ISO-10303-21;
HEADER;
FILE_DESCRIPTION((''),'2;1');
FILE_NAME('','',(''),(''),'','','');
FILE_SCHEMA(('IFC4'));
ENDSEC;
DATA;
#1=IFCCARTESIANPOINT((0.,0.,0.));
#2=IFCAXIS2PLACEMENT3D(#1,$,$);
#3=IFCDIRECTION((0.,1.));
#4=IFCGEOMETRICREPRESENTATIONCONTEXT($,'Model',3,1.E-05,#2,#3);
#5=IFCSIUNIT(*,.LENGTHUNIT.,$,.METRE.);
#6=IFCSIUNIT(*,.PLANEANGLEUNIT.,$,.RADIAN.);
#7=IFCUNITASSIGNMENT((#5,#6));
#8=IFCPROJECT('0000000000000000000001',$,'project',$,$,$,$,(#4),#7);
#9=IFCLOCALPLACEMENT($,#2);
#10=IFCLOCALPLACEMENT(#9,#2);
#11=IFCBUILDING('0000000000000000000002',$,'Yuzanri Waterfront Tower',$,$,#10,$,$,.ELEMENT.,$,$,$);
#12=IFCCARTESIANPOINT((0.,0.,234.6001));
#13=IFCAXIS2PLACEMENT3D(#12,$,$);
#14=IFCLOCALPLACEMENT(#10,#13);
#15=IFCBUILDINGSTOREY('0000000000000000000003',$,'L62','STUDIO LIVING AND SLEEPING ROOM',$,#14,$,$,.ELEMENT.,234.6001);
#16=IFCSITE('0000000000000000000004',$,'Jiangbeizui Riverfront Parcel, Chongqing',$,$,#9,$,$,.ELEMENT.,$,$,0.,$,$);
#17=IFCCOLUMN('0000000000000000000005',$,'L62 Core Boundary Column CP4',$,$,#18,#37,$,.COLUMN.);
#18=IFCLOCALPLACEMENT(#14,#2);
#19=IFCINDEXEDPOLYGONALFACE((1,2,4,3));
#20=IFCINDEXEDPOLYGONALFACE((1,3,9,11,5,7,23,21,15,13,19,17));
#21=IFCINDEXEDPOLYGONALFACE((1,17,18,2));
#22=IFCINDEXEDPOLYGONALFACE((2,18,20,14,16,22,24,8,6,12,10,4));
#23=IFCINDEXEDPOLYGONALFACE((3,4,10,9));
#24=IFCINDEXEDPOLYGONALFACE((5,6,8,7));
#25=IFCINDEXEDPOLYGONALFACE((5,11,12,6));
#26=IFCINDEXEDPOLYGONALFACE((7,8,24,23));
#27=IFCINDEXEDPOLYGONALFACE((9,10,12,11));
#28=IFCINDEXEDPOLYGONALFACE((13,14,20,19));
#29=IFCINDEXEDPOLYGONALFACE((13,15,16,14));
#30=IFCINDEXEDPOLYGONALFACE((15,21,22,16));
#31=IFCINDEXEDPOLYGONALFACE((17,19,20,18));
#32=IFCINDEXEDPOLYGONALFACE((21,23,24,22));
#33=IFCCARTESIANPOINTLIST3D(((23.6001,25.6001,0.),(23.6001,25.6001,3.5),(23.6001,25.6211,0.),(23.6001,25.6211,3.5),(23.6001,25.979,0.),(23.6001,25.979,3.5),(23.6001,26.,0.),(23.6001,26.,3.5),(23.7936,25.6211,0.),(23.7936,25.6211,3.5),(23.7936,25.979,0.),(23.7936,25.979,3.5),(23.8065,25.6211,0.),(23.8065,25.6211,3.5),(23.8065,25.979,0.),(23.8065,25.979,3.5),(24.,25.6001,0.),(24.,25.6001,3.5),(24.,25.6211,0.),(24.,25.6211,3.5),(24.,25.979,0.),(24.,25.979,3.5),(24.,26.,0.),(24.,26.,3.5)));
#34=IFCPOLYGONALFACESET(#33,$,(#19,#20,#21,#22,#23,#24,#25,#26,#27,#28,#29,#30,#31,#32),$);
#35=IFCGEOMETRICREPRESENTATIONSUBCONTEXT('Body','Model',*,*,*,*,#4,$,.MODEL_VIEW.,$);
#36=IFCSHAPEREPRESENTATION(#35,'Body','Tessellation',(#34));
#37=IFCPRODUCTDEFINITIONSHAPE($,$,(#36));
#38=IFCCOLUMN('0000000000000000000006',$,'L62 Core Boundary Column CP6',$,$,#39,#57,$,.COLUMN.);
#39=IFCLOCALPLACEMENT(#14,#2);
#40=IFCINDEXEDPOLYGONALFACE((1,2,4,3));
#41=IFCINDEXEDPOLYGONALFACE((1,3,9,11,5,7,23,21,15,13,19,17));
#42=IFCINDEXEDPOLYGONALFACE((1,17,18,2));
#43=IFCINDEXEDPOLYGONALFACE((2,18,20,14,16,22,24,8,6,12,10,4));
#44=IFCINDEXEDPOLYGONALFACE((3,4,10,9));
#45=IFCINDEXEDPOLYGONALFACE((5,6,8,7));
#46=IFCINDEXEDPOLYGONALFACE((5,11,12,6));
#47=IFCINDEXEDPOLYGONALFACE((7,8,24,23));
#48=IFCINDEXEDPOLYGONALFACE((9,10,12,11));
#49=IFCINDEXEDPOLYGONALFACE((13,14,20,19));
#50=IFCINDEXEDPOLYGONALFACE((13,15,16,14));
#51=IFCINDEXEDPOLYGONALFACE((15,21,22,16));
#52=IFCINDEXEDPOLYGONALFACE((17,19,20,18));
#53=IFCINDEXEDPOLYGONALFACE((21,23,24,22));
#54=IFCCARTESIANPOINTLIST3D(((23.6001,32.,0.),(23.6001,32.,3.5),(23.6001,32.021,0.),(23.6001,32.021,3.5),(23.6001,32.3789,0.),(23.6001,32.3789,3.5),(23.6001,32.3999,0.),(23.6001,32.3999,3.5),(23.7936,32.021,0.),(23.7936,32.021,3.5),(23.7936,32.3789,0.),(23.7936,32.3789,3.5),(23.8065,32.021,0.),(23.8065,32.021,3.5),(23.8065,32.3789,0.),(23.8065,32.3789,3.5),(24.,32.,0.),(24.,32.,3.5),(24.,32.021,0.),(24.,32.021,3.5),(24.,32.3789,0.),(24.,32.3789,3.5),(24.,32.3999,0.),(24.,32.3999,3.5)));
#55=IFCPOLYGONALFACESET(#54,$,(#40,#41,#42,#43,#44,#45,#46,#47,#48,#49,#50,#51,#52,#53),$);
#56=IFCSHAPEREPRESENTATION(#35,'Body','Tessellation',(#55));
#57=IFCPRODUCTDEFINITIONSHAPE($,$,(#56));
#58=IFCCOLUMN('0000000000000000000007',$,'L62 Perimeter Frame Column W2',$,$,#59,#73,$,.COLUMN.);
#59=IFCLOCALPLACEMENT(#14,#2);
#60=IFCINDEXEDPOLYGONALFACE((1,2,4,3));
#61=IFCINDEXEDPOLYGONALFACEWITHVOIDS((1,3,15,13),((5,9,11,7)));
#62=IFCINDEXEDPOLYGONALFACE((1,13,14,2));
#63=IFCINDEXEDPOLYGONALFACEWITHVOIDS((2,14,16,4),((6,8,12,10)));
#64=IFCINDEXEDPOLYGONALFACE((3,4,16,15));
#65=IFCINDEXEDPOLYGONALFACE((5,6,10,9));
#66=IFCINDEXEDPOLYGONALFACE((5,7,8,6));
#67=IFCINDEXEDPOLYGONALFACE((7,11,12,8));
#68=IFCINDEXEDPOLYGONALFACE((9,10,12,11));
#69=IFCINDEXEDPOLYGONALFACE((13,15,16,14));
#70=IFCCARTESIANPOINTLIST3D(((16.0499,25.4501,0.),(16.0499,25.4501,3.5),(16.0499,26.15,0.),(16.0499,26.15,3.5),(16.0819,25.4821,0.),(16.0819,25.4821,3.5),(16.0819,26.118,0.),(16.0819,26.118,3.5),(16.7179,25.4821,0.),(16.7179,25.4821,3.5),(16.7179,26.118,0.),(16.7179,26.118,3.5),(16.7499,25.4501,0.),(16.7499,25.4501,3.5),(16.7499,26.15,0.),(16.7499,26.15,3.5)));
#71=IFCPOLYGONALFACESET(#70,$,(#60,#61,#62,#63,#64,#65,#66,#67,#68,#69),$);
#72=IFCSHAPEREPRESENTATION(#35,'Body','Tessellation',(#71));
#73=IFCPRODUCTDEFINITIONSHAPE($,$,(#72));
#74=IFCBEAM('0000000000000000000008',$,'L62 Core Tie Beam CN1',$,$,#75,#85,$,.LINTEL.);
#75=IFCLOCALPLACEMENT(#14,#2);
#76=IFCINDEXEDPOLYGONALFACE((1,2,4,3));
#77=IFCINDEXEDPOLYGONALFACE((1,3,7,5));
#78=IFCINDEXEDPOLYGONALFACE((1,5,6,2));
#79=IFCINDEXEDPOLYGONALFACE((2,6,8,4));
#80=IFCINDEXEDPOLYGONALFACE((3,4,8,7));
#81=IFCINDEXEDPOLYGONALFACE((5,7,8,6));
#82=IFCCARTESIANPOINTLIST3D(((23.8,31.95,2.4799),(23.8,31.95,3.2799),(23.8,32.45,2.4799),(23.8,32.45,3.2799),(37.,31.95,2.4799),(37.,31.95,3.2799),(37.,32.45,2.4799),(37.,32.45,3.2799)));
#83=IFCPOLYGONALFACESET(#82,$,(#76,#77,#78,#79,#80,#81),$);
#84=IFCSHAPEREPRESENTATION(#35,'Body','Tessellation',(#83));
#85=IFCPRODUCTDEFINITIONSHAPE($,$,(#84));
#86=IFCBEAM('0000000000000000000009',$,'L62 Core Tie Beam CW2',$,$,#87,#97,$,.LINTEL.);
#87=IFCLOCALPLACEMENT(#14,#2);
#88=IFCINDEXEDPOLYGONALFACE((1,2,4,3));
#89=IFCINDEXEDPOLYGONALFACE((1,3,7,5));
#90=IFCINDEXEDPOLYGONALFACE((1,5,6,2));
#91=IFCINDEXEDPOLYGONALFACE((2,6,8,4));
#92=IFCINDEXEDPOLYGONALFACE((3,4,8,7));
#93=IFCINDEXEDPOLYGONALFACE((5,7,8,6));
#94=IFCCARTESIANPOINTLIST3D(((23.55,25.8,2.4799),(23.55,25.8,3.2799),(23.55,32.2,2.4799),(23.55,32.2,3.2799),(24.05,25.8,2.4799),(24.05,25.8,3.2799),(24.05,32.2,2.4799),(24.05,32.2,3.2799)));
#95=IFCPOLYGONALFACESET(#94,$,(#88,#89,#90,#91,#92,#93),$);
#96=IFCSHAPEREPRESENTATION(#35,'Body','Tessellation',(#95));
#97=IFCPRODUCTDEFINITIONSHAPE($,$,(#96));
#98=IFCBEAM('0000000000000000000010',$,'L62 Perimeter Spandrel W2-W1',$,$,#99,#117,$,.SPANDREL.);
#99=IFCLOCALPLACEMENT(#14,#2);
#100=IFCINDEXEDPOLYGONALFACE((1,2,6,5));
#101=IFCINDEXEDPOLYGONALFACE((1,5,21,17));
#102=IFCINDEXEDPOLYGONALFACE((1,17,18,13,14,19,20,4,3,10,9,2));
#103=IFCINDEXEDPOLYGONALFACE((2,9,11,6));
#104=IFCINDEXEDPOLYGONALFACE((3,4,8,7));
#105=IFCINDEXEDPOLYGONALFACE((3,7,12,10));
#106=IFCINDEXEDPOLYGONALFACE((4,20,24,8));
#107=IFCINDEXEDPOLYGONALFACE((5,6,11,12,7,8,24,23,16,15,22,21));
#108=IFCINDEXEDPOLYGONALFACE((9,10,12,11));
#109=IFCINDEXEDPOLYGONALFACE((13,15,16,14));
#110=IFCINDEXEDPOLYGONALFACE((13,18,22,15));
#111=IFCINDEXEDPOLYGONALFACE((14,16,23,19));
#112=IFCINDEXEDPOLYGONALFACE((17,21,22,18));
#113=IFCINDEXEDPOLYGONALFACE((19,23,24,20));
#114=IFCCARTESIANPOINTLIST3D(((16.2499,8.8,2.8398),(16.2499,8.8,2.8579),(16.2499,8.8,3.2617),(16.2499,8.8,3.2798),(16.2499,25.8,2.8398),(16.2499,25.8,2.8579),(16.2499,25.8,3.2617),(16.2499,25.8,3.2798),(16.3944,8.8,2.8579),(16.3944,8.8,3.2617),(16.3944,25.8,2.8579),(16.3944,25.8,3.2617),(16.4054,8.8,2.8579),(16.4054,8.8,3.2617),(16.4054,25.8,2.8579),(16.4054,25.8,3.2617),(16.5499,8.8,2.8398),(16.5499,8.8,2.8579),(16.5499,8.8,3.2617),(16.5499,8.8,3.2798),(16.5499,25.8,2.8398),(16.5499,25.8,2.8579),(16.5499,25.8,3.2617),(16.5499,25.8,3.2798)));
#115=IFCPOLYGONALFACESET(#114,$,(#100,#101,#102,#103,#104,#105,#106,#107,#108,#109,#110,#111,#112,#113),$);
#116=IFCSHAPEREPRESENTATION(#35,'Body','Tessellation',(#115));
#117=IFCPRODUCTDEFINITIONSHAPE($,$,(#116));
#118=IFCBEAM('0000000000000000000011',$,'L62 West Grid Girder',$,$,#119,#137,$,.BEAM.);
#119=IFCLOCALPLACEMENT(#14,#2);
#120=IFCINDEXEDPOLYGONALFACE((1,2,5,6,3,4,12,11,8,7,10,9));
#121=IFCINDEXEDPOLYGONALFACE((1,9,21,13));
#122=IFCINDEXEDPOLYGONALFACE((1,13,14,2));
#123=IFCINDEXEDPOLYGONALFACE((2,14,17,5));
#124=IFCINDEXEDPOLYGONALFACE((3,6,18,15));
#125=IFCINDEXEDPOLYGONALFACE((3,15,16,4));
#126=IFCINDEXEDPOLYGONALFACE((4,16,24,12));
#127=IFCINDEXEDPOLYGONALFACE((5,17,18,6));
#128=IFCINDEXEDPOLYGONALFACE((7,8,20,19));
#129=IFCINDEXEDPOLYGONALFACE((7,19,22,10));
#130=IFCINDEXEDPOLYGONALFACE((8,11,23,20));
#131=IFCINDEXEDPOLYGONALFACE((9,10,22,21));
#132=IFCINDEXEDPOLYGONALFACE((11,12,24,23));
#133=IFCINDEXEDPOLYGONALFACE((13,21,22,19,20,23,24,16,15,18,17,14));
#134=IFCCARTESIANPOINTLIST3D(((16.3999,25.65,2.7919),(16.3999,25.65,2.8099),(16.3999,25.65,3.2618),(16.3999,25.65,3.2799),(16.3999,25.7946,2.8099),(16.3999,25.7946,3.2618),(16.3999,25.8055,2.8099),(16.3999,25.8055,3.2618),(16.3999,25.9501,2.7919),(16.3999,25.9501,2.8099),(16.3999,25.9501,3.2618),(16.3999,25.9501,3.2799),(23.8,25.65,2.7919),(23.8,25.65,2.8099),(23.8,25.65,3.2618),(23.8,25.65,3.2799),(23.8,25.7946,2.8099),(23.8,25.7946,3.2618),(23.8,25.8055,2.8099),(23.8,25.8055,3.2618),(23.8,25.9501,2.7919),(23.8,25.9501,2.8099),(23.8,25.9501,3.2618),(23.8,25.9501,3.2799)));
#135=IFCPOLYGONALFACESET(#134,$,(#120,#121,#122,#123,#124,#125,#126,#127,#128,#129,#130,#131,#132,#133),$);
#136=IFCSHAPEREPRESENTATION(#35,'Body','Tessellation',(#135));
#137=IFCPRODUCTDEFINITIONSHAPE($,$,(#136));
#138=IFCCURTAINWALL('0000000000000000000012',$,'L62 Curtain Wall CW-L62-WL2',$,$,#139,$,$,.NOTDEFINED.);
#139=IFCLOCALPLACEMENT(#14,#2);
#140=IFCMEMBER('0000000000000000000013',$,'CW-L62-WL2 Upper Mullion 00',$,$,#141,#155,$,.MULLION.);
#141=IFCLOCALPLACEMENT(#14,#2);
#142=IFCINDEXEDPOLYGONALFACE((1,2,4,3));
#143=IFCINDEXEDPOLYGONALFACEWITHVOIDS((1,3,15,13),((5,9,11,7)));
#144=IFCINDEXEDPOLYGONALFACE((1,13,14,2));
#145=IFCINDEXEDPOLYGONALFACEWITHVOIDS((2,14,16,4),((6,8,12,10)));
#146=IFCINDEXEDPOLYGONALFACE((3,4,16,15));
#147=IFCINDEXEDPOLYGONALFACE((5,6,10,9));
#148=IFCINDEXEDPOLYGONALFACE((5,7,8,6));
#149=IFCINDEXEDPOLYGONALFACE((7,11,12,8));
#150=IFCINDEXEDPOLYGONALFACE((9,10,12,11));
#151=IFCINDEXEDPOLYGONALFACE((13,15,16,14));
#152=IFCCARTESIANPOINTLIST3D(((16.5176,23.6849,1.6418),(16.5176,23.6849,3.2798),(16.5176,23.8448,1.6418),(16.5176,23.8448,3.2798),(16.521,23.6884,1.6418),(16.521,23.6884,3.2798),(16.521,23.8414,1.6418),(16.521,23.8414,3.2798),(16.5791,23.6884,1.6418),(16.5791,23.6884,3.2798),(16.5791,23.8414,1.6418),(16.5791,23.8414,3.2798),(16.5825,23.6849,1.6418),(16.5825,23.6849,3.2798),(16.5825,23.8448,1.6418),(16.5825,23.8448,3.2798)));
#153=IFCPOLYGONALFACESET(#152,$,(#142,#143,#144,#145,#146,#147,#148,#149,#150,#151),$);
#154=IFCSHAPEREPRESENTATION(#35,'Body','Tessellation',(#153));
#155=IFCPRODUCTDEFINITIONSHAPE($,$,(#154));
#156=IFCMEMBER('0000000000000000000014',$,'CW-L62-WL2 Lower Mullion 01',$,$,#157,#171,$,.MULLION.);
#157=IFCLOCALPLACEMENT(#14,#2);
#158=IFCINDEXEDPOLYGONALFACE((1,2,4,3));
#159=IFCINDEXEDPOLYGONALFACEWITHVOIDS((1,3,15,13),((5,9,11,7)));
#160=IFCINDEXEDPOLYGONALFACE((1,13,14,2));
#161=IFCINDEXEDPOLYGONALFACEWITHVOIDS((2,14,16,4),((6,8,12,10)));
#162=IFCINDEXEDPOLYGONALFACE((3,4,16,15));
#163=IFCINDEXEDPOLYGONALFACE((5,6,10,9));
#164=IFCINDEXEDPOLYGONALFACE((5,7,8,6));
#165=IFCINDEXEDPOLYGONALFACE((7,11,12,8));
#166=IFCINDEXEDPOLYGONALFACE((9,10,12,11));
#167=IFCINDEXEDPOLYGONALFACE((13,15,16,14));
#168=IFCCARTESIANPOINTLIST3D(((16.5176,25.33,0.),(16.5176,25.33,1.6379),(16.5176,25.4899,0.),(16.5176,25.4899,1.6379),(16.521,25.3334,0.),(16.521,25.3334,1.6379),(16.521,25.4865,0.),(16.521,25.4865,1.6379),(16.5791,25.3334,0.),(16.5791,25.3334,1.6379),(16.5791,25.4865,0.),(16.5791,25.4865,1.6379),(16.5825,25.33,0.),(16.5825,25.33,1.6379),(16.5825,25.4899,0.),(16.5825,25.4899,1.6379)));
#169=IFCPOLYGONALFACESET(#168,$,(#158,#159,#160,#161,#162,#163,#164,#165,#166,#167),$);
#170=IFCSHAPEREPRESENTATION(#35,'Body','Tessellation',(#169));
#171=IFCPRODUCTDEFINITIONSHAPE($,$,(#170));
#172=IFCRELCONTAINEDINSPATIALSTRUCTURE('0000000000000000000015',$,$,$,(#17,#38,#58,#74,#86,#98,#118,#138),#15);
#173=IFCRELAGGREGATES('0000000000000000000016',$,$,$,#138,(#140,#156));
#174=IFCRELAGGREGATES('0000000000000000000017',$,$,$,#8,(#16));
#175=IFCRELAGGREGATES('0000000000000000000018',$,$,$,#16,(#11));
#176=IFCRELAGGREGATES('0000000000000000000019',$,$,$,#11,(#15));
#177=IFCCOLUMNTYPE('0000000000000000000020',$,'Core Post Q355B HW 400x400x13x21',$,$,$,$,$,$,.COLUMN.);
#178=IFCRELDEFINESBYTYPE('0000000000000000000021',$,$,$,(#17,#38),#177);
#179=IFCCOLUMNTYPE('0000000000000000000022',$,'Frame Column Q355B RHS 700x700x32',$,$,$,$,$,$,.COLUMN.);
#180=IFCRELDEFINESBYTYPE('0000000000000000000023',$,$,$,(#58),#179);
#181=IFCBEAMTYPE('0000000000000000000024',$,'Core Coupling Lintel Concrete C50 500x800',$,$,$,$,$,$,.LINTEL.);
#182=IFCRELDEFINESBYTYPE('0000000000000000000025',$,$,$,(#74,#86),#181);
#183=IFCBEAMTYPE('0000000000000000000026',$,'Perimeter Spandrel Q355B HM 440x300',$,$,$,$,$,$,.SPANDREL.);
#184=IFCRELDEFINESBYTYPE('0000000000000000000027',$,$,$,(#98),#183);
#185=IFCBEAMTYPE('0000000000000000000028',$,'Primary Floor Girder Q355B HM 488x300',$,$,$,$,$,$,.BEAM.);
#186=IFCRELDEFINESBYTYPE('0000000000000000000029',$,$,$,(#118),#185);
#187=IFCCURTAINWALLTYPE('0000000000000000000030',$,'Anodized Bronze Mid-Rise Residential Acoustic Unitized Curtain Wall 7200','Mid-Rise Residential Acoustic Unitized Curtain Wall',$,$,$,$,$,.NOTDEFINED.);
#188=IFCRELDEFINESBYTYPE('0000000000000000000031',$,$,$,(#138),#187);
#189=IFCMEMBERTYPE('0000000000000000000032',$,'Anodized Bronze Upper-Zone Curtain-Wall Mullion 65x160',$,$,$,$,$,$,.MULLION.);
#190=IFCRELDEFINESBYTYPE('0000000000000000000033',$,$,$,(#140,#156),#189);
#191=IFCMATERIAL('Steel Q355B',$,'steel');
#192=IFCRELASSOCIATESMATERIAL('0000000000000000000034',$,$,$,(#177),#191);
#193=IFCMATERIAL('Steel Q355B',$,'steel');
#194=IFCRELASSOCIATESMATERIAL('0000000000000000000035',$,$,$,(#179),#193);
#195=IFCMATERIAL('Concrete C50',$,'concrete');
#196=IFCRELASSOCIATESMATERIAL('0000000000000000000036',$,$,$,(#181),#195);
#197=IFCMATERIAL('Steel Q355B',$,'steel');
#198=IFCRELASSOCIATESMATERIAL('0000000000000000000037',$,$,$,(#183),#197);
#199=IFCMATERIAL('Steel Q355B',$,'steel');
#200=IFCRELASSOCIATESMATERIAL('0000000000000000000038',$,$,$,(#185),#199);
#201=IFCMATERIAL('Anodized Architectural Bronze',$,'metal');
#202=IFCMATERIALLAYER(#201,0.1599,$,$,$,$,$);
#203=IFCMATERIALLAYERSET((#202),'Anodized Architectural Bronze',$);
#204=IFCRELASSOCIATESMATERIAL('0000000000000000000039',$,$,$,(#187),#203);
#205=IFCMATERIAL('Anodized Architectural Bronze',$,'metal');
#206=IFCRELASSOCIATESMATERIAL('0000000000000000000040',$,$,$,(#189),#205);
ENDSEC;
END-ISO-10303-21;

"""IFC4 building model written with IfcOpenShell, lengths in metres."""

from ifc_helpers import new_model, si_unit, direction, frame, origin, origin_2d, place, context, subcontext, project, spatial, rectangle, hollow_rectangle, i_section, extrude, source, transform, mapped, material, layer, layer_set, material_profile, profile_set, type_object, element, aggregate, save


model = new_model("IFC4")

# Units and contexts
model_context = context("Model", 3, precision=1e-05, world=origin(), true_north=direction((0.0, 1.0)))
body_context = subcontext(model_context, "Body", "Model", "MODEL_VIEW")
ifc_project = project(units=[si_unit("LENGTHUNIT", "METRE"), si_unit("PLANEANGLEUNIT", "RADIAN")], contexts=[model_context])

# Site, building, storey
site_placement = place(None, origin())
site = spatial("IfcSite", under=ifc_project, at=site_placement, Name="Jiangbeizui Riverfront Parcel, Chongqing", CompositionType="ELEMENT", RefElevation=0.0)
building_placement = place(site_placement, origin())
building = spatial("IfcBuilding", under=site, at=building_placement, Name="Yuzanri Waterfront Tower", CompositionType="ELEMENT")
storey_placement = place(building_placement, frame((0.0, 0.0, 234.6001)))
storey = spatial("IfcBuildingStorey", under=building, at=storey_placement, Name="L62", Description="STUDIO LIVING AND SLEEPING ROOM", CompositionType="ELEMENT", Elevation=234.6001)

# Columns
ifc_material_1 = material(Name="Steel Q355B", Category="steel")
ifc_material_profile_1 = material_profile(ifc_material_1, i_section(OverallWidth=0.3999, OverallDepth=0.3999, WebThickness=0.0129, FlangeThickness=0.021, at=origin_2d()), Name="HW 400x400x13x21")
ifc_profile_set_1 = profile_set([ifc_material_profile_1], Name="Steel Q355B")
column_type_1 = type_object("IfcColumnType", Name="Core Post Q355B HW 400x400x13x21", PredefinedType="COLUMN", material=ifc_profile_set_1)
shared_shape_1 = source(origin(), body_context, "Body", "SweptSolid", [
    extrude(i_section(OverallWidth=0.3999, OverallDepth=0.3999, WebThickness=0.0129, FlangeThickness=0.021, at=origin_2d()), origin(), (0.0, 0.0, 1.0), 3.5),
])
for number, where, z_axis, x_axis, name in (
    (1, (23.8, 25.8, 0.0), (0.0, 0.0, 1.0), (1.0, 0.0, 0.0), "L62 Core Boundary Column CP4"),
    (2, (23.8, 32.2, 0.0), (0.0, 0.0, 1.0), (1.0, 0.0, 0.0), "L62 Core Boundary Column CP6"),
):
    element("IfcColumn", number, at=place(storey_placement, frame(where, z_axis=z_axis, x_axis=x_axis)), inside=storey, type_object=column_type_1, Name=name, PredefinedType="COLUMN", context=body_context, shape_type="MappedRepresentation", body=[
        mapped(shared_shape_1, transform((0.0, 0.0, 0.0), scale=1.0)),
    ])
ifc_material_2 = material(Name="Steel Q355B", Category="steel")
ifc_material_profile_2 = material_profile(ifc_material_2, hollow_rectangle(XDim=0.7, YDim=0.7, WallThickness=0.032, at=origin_2d()), Name="RHS 700x700x32")
ifc_profile_set_2 = profile_set([ifc_material_profile_2], Name="Steel Q355B")
column_type_2 = type_object("IfcColumnType", Name="Frame Column Q355B RHS 700x700x32", PredefinedType="COLUMN", material=ifc_profile_set_2)
shared_shape_2 = source(origin(), body_context, "Body", "SweptSolid", [
    extrude(hollow_rectangle(XDim=0.7, YDim=0.7, WallThickness=0.032, at=origin_2d()), origin(), (0.0, 0.0, 1.0), 3.5),
])
column_placement = place(storey_placement, frame((16.3999, 25.8, 0.0), z_axis=(0.0, 0.0, 1.0), x_axis=(1.0, 0.0, 0.0)))
element("IfcColumn", 3, at=column_placement, inside=storey, type_object=column_type_2, Name="L62 Perimeter Frame Column W2", PredefinedType="COLUMN", context=body_context, shape_type="MappedRepresentation", body=[
    mapped(shared_shape_2, transform((0.0, 0.0, 0.0), scale=1.0)),
])

# Beams
ifc_material_3 = material(Name="Concrete C50", Category="concrete")
ifc_material_profile_3 = material_profile(ifc_material_3, rectangle(XDim=0.5, YDim=0.8, at=origin_2d()), Name="RC 500x800")
ifc_profile_set_3 = profile_set([ifc_material_profile_3], Name="Concrete C50")
beam_type_1 = type_object("IfcBeamType", Name="Core Coupling Lintel Concrete C50 500x800", PredefinedType="LINTEL", material=ifc_profile_set_3)
shared_shape_3 = source(origin(), body_context, "Body", "SweptSolid", [
    extrude(rectangle(XDim=0.5, YDim=0.8, at=origin_2d()), origin(), (0.0, 0.0, 1.0), 13.2),
])
beam_1_placement = place(storey_placement, frame((23.8, 32.2, 2.8799), z_axis=(1.0, 0.0, 0.0), x_axis=(0.0, 1.0, 0.0)))
element("IfcBeam", 4, at=beam_1_placement, inside=storey, type_object=beam_type_1, Name="L62 Core Tie Beam CN1", PredefinedType="LINTEL", context=body_context, shape_type="MappedRepresentation", body=[
    mapped(shared_shape_3, transform((0.0, 0.0, 0.0), scale=1.0)),
])
shared_shape_4 = source(origin(), body_context, "Body", "SweptSolid", [
    extrude(rectangle(XDim=0.5, YDim=0.8, at=origin_2d()), origin(), (0.0, 0.0, 1.0), 6.3999),
])
beam_2_placement = place(storey_placement, frame((23.8, 25.8, 2.8799), z_axis=(0.0, 1.0, 0.0), x_axis=(-1.0, 0.0, 0.0)))
element("IfcBeam", 5, at=beam_2_placement, inside=storey, type_object=beam_type_1, Name="L62 Core Tie Beam CW2", PredefinedType="LINTEL", context=body_context, shape_type="MappedRepresentation", body=[
    mapped(shared_shape_4, transform((0.0, 0.0, 0.0), scale=1.0)),
])
ifc_material_4 = material(Name="Steel Q355B", Category="steel")
ifc_material_profile_4 = material_profile(ifc_material_4, i_section(OverallWidth=0.3, OverallDepth=0.4399, WebThickness=0.011, FlangeThickness=0.0181, at=origin_2d()), Name="HM 440x300x11x18")
ifc_profile_set_4 = profile_set([ifc_material_profile_4], Name="Steel Q355B")
beam_type_2 = type_object("IfcBeamType", Name="Perimeter Spandrel Q355B HM 440x300", PredefinedType="SPANDREL", material=ifc_profile_set_4)
shared_shape_5 = source(origin(), body_context, "Body", "SweptSolid", [
    extrude(i_section(OverallWidth=0.3, OverallDepth=0.4399, WebThickness=0.011, FlangeThickness=0.0181, at=origin_2d()), origin(), (0.0, 0.0, 1.0), 17.0),
])
beam_3_placement = place(storey_placement, frame((16.3999, 25.8, 3.0598), z_axis=(0.0, -1.0, 0.0), x_axis=(1.0, 0.0, 0.0)))
element("IfcBeam", 6, at=beam_3_placement, inside=storey, type_object=beam_type_2, Name="L62 Perimeter Spandrel W2-W1", PredefinedType="SPANDREL", context=body_context, shape_type="MappedRepresentation", body=[
    mapped(shared_shape_5, transform((0.0, 0.0, 0.0), scale=1.0)),
])
ifc_material_5 = material(Name="Steel Q355B", Category="steel")
ifc_material_profile_5 = material_profile(ifc_material_5, i_section(OverallWidth=0.3, OverallDepth=0.488, WebThickness=0.011, FlangeThickness=0.0181, at=origin_2d()), Name="HM 488x300x11x18")
ifc_profile_set_5 = profile_set([ifc_material_profile_5], Name="Steel Q355B")
beam_type_3 = type_object("IfcBeamType", Name="Primary Floor Girder Q355B HM 488x300", PredefinedType="BEAM", material=ifc_profile_set_5)
shared_shape_6 = source(origin(), body_context, "Body", "SweptSolid", [
    extrude(i_section(OverallWidth=0.3, OverallDepth=0.488, WebThickness=0.011, FlangeThickness=0.0181, at=origin_2d()), origin(), (0.0, 0.0, 1.0), 7.4001),
])
beam_4_placement = place(storey_placement, frame((23.8, 25.8, 3.0359), z_axis=(-1.0, 0.0, 0.0), x_axis=(0.0, -1.0, 0.0)))
element("IfcBeam", 7, at=beam_4_placement, inside=storey, type_object=beam_type_3, Name="L62 West Grid Girder", PredefinedType="BEAM", context=body_context, shape_type="MappedRepresentation", body=[
    mapped(shared_shape_6, transform((0.0, 0.0, 0.0), scale=1.0)),
])

# Curtain wall, members
ifc_material_6 = material(Name="Anodized Architectural Bronze", Category="metal")
ifc_layer_1 = layer(ifc_material_6, 0.1599)
ifc_layer_set_1 = layer_set([ifc_layer_1], Name="Anodized Architectural Bronze")
curtain_wall_type = type_object("IfcCurtainWallType", Name="Anodized Bronze Mid-Rise Residential Acoustic Unitized Curtain Wall 7200", Description="Mid-Rise Residential Acoustic Unitized Curtain Wall", PredefinedType="NOTDEFINED", material=ifc_layer_set_1)
curtain_wall_1_placement = place(storey_placement, origin())
curtain_wall_1 = element("IfcCurtainWall", 8, at=curtain_wall_1_placement, inside=storey, type_object=curtain_wall_type, Name="L62 Curtain Wall CW-L62-WL2", PredefinedType="NOTDEFINED")
ifc_material_7 = material(Name="Anodized Architectural Bronze", Category="metal")
ifc_material_profile_6 = material_profile(ifc_material_7, hollow_rectangle(XDim=0.0649, YDim=0.1599, WallThickness=0.0034, at=origin_2d()), Name="CWM 65x160")
ifc_profile_set_6 = profile_set([ifc_material_profile_6], Name="Anodized Architectural Bronze")
member_type_1 = type_object("IfcMemberType", Name="Anodized Bronze Upper-Zone Curtain-Wall Mullion 65x160", PredefinedType="MULLION", material=ifc_profile_set_6)
shared_shape_7 = source(origin(), body_context, "Body", "SweptSolid", [
    extrude(hollow_rectangle(XDim=0.0649, YDim=0.1599, WallThickness=0.0034, at=origin_2d()), origin(), (0.0, 0.0, 1.0), 1.6379),
])
member_1_placement = place(storey_placement, frame((16.55, 23.7649, 1.6418), z_axis=(0.0, 0.0, 1.0), x_axis=(1.0, 0.0, 0.0)))
member_1 = element("IfcMember", 9, at=member_1_placement, type_object=member_type_1, Name="CW-L62-WL2 Upper Mullion 00", PredefinedType="MULLION", context=body_context, shape_type="MappedRepresentation", body=[
    mapped(shared_shape_7, transform((0.0, 0.0, 0.0), scale=1.0)),
])
member_2_placement = place(storey_placement, frame((16.55, 25.4099, 0.0), z_axis=(0.0, 0.0, 1.0), x_axis=(1.0, 0.0, 0.0)))
member_2 = element("IfcMember", 10, at=member_2_placement, type_object=member_type_1, Name="CW-L62-WL2 Lower Mullion 01", PredefinedType="MULLION", context=body_context, shape_type="MappedRepresentation", body=[
    mapped(shared_shape_7, transform((0.0, 0.0, 0.0), scale=1.0)),
])

aggregate(curtain_wall_1, [member_1, member_2])

save(model, "model.ifc")
